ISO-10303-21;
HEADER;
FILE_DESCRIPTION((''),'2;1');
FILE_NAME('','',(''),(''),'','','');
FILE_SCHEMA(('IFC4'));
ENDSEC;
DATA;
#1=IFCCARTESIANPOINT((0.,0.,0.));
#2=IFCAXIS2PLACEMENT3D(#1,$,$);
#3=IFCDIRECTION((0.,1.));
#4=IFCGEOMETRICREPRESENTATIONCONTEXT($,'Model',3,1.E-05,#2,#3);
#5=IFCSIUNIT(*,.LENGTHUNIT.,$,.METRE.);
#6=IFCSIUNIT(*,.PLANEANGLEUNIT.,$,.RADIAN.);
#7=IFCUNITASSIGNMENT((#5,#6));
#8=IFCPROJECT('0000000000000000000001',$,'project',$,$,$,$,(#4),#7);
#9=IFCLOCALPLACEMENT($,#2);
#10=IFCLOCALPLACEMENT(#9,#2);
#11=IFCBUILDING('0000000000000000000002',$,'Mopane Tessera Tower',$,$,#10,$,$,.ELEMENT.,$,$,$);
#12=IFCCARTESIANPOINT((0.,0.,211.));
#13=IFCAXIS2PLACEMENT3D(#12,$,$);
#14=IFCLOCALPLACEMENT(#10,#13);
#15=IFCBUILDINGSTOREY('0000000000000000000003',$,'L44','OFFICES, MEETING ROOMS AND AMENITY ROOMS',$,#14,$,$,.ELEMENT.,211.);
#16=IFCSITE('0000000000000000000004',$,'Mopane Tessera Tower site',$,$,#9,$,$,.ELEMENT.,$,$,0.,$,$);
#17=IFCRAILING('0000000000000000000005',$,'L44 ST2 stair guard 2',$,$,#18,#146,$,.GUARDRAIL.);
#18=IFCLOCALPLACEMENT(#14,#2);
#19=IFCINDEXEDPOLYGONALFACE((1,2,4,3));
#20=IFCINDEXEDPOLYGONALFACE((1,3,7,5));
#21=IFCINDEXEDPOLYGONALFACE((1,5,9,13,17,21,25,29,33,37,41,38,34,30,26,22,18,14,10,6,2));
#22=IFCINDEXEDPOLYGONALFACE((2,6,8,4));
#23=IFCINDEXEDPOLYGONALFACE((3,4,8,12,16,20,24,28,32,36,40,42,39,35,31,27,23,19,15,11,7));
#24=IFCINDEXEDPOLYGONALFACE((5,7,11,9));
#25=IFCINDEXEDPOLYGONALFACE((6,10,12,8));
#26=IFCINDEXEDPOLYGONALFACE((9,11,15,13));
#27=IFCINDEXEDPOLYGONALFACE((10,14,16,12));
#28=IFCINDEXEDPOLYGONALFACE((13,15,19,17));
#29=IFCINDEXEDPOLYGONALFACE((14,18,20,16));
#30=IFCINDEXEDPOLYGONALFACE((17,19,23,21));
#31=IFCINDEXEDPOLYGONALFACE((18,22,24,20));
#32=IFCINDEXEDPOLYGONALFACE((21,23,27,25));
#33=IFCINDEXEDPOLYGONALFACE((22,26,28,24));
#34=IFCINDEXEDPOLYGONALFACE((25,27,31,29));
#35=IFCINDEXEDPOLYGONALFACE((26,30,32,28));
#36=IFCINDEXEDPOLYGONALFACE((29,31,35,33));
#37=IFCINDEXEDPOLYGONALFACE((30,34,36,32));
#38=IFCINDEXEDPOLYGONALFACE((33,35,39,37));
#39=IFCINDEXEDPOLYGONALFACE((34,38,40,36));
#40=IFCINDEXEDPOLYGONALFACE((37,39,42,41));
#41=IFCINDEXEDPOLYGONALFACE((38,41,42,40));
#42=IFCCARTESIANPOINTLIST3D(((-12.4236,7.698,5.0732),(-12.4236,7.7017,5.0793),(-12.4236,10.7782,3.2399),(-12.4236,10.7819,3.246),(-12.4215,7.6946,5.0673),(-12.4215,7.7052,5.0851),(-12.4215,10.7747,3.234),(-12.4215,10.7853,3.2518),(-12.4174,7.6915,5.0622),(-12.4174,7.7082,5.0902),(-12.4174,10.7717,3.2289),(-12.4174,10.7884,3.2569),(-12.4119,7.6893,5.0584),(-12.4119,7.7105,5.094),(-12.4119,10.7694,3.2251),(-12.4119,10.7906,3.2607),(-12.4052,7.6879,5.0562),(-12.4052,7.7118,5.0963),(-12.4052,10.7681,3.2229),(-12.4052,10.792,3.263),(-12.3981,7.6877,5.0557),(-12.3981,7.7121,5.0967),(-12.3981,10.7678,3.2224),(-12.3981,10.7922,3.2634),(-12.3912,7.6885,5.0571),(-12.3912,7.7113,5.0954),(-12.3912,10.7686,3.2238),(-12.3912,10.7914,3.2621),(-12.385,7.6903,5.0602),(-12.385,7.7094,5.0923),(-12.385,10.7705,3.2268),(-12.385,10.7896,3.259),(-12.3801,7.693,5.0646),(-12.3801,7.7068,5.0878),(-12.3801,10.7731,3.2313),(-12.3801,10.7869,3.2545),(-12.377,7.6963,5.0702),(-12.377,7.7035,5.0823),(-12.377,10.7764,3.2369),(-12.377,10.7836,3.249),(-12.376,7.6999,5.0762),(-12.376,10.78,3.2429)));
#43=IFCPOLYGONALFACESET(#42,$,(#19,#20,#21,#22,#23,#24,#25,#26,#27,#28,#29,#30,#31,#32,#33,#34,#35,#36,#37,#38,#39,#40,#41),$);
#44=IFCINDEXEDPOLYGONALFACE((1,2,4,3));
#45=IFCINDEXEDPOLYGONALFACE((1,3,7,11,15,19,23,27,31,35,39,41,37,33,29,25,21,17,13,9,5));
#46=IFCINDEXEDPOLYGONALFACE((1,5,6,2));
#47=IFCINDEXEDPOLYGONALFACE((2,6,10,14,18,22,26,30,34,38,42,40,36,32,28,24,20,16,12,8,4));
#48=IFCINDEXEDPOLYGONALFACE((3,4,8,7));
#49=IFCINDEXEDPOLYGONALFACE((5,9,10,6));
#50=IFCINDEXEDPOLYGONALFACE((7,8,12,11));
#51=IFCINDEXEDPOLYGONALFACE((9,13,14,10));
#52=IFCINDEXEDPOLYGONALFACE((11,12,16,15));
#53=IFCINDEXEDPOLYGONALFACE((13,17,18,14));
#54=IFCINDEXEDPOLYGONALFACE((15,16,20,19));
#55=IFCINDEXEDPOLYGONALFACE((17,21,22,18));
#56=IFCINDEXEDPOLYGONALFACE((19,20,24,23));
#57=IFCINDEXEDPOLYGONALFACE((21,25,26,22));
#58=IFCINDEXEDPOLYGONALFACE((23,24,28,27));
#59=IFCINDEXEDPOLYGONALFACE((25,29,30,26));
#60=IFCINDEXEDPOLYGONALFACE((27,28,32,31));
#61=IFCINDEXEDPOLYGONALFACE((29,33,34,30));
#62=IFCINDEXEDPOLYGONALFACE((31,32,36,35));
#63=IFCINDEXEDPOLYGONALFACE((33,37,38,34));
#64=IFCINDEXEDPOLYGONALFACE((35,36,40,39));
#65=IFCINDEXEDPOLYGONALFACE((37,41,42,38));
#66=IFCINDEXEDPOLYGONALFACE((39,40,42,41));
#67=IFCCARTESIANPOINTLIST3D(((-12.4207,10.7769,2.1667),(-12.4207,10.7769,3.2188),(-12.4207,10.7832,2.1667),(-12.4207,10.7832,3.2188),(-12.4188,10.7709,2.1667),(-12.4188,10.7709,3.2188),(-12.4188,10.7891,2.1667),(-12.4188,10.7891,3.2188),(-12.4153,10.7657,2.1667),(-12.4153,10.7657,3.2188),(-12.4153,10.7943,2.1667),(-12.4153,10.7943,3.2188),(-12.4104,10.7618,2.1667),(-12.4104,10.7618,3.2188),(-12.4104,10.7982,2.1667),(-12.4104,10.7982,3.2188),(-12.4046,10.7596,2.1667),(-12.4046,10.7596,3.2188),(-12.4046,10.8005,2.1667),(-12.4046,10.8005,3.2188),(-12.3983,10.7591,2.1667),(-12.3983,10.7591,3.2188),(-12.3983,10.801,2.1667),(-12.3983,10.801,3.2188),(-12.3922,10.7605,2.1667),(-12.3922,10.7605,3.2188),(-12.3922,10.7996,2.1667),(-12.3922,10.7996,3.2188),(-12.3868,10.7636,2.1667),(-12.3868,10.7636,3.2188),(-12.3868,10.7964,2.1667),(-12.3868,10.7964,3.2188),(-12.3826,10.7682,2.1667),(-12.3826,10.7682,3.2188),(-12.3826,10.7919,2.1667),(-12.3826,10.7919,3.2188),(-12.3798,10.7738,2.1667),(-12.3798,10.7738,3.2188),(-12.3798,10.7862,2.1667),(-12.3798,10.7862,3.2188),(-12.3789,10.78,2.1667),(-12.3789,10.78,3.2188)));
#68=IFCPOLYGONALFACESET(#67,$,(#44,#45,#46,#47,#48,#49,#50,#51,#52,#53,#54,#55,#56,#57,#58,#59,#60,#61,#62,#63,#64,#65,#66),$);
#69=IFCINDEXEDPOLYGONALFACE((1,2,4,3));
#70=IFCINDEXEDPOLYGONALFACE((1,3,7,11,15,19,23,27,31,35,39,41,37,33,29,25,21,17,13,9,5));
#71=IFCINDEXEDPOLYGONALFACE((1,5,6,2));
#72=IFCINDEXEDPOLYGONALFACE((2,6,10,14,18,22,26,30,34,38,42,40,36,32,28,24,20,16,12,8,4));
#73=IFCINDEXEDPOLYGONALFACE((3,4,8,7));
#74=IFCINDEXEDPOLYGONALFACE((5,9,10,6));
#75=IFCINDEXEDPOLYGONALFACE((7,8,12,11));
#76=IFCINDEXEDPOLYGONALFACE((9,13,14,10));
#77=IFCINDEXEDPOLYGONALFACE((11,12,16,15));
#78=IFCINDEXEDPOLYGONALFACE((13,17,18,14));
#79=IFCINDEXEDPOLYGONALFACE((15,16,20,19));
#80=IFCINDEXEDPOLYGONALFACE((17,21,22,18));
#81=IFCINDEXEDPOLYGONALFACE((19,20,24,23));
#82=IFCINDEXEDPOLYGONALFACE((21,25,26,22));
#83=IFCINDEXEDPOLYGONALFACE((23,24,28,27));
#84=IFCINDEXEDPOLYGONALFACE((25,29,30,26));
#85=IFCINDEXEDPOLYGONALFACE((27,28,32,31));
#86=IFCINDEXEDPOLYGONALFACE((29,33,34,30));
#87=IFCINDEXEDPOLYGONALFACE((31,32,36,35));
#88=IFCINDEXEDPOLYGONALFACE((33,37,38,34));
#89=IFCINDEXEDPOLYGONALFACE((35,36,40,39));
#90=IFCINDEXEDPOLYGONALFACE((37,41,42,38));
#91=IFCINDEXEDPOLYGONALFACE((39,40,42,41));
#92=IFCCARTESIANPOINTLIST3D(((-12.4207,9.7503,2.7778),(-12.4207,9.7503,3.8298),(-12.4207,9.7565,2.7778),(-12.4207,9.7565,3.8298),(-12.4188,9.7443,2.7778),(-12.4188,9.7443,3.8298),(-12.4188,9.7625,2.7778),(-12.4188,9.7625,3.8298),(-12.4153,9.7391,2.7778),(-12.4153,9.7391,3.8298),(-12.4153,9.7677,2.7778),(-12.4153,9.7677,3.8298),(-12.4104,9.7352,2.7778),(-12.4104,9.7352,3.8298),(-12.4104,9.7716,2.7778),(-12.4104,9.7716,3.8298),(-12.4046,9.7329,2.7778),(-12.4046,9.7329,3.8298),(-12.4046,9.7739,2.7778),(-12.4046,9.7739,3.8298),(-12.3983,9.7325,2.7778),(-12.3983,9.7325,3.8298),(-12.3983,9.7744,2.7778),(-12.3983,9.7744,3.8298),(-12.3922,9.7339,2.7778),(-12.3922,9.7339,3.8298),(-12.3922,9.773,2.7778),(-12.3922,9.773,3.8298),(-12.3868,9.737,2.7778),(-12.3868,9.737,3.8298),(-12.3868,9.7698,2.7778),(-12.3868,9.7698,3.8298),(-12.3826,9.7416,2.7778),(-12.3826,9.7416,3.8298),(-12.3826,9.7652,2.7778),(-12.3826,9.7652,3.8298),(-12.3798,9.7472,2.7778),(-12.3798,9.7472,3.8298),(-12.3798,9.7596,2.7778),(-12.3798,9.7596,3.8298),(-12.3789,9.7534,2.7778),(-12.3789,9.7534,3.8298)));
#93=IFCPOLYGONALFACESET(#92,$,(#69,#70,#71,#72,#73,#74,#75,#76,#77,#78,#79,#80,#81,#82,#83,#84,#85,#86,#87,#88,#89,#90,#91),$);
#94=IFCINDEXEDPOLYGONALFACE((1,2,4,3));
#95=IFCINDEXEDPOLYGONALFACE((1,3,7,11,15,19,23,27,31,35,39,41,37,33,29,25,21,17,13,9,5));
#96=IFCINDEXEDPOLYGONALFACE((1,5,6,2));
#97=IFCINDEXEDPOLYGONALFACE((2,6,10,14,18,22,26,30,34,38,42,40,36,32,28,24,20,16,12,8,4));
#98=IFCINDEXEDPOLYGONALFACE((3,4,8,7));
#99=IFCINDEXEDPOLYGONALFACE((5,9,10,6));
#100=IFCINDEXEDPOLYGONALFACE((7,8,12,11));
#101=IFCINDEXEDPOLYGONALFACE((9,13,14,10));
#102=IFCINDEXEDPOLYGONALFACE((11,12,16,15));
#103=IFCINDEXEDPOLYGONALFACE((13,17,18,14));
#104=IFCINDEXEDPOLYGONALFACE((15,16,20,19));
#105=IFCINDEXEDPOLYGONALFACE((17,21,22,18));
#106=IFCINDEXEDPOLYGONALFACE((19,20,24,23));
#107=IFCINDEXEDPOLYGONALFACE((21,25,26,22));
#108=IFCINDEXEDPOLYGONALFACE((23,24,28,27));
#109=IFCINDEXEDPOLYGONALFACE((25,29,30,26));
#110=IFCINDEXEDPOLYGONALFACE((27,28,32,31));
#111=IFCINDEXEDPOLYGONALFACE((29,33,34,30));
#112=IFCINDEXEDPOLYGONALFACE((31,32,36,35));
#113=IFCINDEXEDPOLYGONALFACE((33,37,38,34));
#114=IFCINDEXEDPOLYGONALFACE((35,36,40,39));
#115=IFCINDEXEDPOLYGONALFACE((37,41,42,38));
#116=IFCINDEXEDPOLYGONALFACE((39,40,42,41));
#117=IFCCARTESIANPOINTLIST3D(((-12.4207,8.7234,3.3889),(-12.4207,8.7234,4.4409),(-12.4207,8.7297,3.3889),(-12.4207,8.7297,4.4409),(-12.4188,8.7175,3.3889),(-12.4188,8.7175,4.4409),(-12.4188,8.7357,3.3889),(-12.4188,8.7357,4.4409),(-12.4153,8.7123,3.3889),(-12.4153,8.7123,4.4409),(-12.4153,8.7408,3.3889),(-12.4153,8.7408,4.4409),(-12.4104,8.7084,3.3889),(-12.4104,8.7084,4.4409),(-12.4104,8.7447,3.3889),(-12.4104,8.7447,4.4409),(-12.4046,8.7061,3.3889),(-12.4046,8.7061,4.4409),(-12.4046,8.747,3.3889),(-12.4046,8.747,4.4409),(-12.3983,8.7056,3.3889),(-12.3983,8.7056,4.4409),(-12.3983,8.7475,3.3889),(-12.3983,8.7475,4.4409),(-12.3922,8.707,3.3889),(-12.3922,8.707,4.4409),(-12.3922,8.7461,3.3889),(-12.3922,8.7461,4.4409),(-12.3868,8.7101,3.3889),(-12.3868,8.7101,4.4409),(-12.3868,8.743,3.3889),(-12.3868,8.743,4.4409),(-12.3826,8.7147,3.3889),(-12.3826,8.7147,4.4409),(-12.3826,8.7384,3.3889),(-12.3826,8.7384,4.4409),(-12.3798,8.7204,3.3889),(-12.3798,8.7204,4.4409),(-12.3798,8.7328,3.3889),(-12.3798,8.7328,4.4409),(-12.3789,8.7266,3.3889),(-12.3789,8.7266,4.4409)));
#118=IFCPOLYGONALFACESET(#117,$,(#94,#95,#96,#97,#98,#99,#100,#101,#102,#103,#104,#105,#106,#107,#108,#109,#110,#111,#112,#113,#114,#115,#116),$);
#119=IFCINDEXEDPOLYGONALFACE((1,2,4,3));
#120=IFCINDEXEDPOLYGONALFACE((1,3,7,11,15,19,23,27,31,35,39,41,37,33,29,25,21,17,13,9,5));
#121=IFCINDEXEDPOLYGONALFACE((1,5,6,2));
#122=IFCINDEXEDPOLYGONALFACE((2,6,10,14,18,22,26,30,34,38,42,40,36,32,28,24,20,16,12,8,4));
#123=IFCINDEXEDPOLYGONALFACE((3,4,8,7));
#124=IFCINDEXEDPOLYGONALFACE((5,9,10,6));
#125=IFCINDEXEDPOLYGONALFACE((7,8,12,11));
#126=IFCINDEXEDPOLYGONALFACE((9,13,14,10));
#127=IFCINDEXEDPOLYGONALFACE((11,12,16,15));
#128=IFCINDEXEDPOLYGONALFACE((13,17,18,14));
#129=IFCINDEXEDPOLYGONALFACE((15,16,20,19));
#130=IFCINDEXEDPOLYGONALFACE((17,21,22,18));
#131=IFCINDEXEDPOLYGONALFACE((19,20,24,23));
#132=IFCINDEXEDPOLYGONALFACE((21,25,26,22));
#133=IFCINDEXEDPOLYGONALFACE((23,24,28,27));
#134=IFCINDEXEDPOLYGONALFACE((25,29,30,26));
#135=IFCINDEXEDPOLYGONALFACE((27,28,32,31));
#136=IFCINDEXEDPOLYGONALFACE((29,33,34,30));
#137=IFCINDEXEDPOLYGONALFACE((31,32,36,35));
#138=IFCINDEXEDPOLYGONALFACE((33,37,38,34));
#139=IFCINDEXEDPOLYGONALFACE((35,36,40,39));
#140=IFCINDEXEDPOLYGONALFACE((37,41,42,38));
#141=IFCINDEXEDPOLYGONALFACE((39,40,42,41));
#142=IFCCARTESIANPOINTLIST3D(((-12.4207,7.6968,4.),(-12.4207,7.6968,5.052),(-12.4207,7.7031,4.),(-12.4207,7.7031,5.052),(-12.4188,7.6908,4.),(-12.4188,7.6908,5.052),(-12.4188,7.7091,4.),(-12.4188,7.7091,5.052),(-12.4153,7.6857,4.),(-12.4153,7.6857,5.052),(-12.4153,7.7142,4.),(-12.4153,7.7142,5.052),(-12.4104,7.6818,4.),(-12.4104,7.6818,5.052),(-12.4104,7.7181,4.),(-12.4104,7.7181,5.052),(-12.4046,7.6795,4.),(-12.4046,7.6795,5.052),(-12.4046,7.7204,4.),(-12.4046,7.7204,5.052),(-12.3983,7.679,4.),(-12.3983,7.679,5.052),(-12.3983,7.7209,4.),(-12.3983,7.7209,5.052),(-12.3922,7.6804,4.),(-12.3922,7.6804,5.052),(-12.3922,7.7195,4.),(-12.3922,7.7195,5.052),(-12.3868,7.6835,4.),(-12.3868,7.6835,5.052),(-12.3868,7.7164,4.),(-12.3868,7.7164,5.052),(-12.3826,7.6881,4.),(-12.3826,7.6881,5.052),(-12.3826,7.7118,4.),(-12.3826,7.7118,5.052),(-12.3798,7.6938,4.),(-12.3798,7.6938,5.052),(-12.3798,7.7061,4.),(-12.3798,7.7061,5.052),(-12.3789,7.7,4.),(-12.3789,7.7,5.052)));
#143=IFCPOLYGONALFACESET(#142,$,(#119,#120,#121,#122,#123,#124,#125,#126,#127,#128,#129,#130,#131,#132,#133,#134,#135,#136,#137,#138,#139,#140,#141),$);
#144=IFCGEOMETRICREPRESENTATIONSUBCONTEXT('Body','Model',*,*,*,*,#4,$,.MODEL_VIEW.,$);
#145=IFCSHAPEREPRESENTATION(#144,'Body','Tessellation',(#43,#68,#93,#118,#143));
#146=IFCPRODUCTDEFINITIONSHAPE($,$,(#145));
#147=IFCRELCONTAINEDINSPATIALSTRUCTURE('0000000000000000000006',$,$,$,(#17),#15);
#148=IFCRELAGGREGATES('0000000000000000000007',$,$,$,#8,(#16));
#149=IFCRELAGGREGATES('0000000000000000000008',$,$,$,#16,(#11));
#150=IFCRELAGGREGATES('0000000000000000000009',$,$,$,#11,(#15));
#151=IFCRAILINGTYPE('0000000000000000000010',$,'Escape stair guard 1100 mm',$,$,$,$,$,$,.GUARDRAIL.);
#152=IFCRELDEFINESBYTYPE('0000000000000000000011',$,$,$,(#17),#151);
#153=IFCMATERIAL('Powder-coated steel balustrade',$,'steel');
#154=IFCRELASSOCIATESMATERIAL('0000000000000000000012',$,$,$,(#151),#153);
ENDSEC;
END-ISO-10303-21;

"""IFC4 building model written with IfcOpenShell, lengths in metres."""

from ifc_helpers import new_model, si_unit, direction, frame, origin, origin_2d, place, context, subcontext, project, spatial, circle, extrude, material, type_object, element, save


model = new_model("IFC4")

# Units and contexts
model_context = context("Model", 3, precision=1e-05, world=origin(), true_north=direction((0.0, 1.0)))
body_context = subcontext(model_context, "Body", "Model", "MODEL_VIEW")
ifc_project = project(units=[si_unit("LENGTHUNIT", "METRE"), si_unit("PLANEANGLEUNIT", "RADIAN")], contexts=[model_context])

# Site, building, storey
site_placement = place(None, origin())
site = spatial("IfcSite", under=ifc_project, at=site_placement, Name="Mopane Tessera Tower site", CompositionType="ELEMENT", RefElevation=0.0)
building_placement = place(site_placement, origin())
building = spatial("IfcBuilding", under=site, at=building_placement, Name="Mopane Tessera Tower", CompositionType="ELEMENT")
storey_placement = place(building_placement, frame((0.0, 0.0, 211.0)))
storey = spatial("IfcBuildingStorey", under=building, at=storey_placement, Name="L44", Description="OFFICES, MEETING ROOMS AND AMENITY ROOMS", CompositionType="ELEMENT", Elevation=211.0)

# Railing
ifc_material_1 = material(Name="Powder-coated steel balustrade", Category="steel")
railing_type_1 = type_object("IfcRailingType", Name="Escape stair guard 1100 mm", PredefinedType="GUARDRAIL", material=ifc_material_1)
railing_1_placement = place(storey_placement, frame((-12.3999, 10.78, 2.1667)))
element("IfcRailing", 1, at=railing_1_placement, inside=storey, type_object=railing_type_1, Name="L44 ST2 stair guard 2", PredefinedType="GUARDRAIL", context=body_context, shape_type="SweptSolid", body=[
    extrude(circle(Radius=0.0239, at=origin_2d()), frame((0.0, 0.0, 1.0762), z_axis=(0.0, -0.859309, 0.511458), x_axis=(1.0, 0.0, 0.0)), (0.0, 0.0, 1.0), 3.5845),
    extrude(circle(Radius=0.021, at=origin_2d()), origin(), (0.0, 0.0, 1.0), 1.052),
    extrude(circle(Radius=0.021, at=origin_2d()), frame((0.0, -1.0266, 0.6111)), (0.0, 0.0, 1.0), 1.052),
    extrude(circle(Radius=0.021, at=origin_2d()), frame((0.0, -2.0535, 1.2222)), (0.0, 0.0, 1.0), 1.052),
    extrude(circle(Radius=0.021, at=origin_2d()), frame((0.0, -3.0801, 1.8333)), (0.0, 0.0, 1.0), 1.052),
])

save(model, "model.ifc")
